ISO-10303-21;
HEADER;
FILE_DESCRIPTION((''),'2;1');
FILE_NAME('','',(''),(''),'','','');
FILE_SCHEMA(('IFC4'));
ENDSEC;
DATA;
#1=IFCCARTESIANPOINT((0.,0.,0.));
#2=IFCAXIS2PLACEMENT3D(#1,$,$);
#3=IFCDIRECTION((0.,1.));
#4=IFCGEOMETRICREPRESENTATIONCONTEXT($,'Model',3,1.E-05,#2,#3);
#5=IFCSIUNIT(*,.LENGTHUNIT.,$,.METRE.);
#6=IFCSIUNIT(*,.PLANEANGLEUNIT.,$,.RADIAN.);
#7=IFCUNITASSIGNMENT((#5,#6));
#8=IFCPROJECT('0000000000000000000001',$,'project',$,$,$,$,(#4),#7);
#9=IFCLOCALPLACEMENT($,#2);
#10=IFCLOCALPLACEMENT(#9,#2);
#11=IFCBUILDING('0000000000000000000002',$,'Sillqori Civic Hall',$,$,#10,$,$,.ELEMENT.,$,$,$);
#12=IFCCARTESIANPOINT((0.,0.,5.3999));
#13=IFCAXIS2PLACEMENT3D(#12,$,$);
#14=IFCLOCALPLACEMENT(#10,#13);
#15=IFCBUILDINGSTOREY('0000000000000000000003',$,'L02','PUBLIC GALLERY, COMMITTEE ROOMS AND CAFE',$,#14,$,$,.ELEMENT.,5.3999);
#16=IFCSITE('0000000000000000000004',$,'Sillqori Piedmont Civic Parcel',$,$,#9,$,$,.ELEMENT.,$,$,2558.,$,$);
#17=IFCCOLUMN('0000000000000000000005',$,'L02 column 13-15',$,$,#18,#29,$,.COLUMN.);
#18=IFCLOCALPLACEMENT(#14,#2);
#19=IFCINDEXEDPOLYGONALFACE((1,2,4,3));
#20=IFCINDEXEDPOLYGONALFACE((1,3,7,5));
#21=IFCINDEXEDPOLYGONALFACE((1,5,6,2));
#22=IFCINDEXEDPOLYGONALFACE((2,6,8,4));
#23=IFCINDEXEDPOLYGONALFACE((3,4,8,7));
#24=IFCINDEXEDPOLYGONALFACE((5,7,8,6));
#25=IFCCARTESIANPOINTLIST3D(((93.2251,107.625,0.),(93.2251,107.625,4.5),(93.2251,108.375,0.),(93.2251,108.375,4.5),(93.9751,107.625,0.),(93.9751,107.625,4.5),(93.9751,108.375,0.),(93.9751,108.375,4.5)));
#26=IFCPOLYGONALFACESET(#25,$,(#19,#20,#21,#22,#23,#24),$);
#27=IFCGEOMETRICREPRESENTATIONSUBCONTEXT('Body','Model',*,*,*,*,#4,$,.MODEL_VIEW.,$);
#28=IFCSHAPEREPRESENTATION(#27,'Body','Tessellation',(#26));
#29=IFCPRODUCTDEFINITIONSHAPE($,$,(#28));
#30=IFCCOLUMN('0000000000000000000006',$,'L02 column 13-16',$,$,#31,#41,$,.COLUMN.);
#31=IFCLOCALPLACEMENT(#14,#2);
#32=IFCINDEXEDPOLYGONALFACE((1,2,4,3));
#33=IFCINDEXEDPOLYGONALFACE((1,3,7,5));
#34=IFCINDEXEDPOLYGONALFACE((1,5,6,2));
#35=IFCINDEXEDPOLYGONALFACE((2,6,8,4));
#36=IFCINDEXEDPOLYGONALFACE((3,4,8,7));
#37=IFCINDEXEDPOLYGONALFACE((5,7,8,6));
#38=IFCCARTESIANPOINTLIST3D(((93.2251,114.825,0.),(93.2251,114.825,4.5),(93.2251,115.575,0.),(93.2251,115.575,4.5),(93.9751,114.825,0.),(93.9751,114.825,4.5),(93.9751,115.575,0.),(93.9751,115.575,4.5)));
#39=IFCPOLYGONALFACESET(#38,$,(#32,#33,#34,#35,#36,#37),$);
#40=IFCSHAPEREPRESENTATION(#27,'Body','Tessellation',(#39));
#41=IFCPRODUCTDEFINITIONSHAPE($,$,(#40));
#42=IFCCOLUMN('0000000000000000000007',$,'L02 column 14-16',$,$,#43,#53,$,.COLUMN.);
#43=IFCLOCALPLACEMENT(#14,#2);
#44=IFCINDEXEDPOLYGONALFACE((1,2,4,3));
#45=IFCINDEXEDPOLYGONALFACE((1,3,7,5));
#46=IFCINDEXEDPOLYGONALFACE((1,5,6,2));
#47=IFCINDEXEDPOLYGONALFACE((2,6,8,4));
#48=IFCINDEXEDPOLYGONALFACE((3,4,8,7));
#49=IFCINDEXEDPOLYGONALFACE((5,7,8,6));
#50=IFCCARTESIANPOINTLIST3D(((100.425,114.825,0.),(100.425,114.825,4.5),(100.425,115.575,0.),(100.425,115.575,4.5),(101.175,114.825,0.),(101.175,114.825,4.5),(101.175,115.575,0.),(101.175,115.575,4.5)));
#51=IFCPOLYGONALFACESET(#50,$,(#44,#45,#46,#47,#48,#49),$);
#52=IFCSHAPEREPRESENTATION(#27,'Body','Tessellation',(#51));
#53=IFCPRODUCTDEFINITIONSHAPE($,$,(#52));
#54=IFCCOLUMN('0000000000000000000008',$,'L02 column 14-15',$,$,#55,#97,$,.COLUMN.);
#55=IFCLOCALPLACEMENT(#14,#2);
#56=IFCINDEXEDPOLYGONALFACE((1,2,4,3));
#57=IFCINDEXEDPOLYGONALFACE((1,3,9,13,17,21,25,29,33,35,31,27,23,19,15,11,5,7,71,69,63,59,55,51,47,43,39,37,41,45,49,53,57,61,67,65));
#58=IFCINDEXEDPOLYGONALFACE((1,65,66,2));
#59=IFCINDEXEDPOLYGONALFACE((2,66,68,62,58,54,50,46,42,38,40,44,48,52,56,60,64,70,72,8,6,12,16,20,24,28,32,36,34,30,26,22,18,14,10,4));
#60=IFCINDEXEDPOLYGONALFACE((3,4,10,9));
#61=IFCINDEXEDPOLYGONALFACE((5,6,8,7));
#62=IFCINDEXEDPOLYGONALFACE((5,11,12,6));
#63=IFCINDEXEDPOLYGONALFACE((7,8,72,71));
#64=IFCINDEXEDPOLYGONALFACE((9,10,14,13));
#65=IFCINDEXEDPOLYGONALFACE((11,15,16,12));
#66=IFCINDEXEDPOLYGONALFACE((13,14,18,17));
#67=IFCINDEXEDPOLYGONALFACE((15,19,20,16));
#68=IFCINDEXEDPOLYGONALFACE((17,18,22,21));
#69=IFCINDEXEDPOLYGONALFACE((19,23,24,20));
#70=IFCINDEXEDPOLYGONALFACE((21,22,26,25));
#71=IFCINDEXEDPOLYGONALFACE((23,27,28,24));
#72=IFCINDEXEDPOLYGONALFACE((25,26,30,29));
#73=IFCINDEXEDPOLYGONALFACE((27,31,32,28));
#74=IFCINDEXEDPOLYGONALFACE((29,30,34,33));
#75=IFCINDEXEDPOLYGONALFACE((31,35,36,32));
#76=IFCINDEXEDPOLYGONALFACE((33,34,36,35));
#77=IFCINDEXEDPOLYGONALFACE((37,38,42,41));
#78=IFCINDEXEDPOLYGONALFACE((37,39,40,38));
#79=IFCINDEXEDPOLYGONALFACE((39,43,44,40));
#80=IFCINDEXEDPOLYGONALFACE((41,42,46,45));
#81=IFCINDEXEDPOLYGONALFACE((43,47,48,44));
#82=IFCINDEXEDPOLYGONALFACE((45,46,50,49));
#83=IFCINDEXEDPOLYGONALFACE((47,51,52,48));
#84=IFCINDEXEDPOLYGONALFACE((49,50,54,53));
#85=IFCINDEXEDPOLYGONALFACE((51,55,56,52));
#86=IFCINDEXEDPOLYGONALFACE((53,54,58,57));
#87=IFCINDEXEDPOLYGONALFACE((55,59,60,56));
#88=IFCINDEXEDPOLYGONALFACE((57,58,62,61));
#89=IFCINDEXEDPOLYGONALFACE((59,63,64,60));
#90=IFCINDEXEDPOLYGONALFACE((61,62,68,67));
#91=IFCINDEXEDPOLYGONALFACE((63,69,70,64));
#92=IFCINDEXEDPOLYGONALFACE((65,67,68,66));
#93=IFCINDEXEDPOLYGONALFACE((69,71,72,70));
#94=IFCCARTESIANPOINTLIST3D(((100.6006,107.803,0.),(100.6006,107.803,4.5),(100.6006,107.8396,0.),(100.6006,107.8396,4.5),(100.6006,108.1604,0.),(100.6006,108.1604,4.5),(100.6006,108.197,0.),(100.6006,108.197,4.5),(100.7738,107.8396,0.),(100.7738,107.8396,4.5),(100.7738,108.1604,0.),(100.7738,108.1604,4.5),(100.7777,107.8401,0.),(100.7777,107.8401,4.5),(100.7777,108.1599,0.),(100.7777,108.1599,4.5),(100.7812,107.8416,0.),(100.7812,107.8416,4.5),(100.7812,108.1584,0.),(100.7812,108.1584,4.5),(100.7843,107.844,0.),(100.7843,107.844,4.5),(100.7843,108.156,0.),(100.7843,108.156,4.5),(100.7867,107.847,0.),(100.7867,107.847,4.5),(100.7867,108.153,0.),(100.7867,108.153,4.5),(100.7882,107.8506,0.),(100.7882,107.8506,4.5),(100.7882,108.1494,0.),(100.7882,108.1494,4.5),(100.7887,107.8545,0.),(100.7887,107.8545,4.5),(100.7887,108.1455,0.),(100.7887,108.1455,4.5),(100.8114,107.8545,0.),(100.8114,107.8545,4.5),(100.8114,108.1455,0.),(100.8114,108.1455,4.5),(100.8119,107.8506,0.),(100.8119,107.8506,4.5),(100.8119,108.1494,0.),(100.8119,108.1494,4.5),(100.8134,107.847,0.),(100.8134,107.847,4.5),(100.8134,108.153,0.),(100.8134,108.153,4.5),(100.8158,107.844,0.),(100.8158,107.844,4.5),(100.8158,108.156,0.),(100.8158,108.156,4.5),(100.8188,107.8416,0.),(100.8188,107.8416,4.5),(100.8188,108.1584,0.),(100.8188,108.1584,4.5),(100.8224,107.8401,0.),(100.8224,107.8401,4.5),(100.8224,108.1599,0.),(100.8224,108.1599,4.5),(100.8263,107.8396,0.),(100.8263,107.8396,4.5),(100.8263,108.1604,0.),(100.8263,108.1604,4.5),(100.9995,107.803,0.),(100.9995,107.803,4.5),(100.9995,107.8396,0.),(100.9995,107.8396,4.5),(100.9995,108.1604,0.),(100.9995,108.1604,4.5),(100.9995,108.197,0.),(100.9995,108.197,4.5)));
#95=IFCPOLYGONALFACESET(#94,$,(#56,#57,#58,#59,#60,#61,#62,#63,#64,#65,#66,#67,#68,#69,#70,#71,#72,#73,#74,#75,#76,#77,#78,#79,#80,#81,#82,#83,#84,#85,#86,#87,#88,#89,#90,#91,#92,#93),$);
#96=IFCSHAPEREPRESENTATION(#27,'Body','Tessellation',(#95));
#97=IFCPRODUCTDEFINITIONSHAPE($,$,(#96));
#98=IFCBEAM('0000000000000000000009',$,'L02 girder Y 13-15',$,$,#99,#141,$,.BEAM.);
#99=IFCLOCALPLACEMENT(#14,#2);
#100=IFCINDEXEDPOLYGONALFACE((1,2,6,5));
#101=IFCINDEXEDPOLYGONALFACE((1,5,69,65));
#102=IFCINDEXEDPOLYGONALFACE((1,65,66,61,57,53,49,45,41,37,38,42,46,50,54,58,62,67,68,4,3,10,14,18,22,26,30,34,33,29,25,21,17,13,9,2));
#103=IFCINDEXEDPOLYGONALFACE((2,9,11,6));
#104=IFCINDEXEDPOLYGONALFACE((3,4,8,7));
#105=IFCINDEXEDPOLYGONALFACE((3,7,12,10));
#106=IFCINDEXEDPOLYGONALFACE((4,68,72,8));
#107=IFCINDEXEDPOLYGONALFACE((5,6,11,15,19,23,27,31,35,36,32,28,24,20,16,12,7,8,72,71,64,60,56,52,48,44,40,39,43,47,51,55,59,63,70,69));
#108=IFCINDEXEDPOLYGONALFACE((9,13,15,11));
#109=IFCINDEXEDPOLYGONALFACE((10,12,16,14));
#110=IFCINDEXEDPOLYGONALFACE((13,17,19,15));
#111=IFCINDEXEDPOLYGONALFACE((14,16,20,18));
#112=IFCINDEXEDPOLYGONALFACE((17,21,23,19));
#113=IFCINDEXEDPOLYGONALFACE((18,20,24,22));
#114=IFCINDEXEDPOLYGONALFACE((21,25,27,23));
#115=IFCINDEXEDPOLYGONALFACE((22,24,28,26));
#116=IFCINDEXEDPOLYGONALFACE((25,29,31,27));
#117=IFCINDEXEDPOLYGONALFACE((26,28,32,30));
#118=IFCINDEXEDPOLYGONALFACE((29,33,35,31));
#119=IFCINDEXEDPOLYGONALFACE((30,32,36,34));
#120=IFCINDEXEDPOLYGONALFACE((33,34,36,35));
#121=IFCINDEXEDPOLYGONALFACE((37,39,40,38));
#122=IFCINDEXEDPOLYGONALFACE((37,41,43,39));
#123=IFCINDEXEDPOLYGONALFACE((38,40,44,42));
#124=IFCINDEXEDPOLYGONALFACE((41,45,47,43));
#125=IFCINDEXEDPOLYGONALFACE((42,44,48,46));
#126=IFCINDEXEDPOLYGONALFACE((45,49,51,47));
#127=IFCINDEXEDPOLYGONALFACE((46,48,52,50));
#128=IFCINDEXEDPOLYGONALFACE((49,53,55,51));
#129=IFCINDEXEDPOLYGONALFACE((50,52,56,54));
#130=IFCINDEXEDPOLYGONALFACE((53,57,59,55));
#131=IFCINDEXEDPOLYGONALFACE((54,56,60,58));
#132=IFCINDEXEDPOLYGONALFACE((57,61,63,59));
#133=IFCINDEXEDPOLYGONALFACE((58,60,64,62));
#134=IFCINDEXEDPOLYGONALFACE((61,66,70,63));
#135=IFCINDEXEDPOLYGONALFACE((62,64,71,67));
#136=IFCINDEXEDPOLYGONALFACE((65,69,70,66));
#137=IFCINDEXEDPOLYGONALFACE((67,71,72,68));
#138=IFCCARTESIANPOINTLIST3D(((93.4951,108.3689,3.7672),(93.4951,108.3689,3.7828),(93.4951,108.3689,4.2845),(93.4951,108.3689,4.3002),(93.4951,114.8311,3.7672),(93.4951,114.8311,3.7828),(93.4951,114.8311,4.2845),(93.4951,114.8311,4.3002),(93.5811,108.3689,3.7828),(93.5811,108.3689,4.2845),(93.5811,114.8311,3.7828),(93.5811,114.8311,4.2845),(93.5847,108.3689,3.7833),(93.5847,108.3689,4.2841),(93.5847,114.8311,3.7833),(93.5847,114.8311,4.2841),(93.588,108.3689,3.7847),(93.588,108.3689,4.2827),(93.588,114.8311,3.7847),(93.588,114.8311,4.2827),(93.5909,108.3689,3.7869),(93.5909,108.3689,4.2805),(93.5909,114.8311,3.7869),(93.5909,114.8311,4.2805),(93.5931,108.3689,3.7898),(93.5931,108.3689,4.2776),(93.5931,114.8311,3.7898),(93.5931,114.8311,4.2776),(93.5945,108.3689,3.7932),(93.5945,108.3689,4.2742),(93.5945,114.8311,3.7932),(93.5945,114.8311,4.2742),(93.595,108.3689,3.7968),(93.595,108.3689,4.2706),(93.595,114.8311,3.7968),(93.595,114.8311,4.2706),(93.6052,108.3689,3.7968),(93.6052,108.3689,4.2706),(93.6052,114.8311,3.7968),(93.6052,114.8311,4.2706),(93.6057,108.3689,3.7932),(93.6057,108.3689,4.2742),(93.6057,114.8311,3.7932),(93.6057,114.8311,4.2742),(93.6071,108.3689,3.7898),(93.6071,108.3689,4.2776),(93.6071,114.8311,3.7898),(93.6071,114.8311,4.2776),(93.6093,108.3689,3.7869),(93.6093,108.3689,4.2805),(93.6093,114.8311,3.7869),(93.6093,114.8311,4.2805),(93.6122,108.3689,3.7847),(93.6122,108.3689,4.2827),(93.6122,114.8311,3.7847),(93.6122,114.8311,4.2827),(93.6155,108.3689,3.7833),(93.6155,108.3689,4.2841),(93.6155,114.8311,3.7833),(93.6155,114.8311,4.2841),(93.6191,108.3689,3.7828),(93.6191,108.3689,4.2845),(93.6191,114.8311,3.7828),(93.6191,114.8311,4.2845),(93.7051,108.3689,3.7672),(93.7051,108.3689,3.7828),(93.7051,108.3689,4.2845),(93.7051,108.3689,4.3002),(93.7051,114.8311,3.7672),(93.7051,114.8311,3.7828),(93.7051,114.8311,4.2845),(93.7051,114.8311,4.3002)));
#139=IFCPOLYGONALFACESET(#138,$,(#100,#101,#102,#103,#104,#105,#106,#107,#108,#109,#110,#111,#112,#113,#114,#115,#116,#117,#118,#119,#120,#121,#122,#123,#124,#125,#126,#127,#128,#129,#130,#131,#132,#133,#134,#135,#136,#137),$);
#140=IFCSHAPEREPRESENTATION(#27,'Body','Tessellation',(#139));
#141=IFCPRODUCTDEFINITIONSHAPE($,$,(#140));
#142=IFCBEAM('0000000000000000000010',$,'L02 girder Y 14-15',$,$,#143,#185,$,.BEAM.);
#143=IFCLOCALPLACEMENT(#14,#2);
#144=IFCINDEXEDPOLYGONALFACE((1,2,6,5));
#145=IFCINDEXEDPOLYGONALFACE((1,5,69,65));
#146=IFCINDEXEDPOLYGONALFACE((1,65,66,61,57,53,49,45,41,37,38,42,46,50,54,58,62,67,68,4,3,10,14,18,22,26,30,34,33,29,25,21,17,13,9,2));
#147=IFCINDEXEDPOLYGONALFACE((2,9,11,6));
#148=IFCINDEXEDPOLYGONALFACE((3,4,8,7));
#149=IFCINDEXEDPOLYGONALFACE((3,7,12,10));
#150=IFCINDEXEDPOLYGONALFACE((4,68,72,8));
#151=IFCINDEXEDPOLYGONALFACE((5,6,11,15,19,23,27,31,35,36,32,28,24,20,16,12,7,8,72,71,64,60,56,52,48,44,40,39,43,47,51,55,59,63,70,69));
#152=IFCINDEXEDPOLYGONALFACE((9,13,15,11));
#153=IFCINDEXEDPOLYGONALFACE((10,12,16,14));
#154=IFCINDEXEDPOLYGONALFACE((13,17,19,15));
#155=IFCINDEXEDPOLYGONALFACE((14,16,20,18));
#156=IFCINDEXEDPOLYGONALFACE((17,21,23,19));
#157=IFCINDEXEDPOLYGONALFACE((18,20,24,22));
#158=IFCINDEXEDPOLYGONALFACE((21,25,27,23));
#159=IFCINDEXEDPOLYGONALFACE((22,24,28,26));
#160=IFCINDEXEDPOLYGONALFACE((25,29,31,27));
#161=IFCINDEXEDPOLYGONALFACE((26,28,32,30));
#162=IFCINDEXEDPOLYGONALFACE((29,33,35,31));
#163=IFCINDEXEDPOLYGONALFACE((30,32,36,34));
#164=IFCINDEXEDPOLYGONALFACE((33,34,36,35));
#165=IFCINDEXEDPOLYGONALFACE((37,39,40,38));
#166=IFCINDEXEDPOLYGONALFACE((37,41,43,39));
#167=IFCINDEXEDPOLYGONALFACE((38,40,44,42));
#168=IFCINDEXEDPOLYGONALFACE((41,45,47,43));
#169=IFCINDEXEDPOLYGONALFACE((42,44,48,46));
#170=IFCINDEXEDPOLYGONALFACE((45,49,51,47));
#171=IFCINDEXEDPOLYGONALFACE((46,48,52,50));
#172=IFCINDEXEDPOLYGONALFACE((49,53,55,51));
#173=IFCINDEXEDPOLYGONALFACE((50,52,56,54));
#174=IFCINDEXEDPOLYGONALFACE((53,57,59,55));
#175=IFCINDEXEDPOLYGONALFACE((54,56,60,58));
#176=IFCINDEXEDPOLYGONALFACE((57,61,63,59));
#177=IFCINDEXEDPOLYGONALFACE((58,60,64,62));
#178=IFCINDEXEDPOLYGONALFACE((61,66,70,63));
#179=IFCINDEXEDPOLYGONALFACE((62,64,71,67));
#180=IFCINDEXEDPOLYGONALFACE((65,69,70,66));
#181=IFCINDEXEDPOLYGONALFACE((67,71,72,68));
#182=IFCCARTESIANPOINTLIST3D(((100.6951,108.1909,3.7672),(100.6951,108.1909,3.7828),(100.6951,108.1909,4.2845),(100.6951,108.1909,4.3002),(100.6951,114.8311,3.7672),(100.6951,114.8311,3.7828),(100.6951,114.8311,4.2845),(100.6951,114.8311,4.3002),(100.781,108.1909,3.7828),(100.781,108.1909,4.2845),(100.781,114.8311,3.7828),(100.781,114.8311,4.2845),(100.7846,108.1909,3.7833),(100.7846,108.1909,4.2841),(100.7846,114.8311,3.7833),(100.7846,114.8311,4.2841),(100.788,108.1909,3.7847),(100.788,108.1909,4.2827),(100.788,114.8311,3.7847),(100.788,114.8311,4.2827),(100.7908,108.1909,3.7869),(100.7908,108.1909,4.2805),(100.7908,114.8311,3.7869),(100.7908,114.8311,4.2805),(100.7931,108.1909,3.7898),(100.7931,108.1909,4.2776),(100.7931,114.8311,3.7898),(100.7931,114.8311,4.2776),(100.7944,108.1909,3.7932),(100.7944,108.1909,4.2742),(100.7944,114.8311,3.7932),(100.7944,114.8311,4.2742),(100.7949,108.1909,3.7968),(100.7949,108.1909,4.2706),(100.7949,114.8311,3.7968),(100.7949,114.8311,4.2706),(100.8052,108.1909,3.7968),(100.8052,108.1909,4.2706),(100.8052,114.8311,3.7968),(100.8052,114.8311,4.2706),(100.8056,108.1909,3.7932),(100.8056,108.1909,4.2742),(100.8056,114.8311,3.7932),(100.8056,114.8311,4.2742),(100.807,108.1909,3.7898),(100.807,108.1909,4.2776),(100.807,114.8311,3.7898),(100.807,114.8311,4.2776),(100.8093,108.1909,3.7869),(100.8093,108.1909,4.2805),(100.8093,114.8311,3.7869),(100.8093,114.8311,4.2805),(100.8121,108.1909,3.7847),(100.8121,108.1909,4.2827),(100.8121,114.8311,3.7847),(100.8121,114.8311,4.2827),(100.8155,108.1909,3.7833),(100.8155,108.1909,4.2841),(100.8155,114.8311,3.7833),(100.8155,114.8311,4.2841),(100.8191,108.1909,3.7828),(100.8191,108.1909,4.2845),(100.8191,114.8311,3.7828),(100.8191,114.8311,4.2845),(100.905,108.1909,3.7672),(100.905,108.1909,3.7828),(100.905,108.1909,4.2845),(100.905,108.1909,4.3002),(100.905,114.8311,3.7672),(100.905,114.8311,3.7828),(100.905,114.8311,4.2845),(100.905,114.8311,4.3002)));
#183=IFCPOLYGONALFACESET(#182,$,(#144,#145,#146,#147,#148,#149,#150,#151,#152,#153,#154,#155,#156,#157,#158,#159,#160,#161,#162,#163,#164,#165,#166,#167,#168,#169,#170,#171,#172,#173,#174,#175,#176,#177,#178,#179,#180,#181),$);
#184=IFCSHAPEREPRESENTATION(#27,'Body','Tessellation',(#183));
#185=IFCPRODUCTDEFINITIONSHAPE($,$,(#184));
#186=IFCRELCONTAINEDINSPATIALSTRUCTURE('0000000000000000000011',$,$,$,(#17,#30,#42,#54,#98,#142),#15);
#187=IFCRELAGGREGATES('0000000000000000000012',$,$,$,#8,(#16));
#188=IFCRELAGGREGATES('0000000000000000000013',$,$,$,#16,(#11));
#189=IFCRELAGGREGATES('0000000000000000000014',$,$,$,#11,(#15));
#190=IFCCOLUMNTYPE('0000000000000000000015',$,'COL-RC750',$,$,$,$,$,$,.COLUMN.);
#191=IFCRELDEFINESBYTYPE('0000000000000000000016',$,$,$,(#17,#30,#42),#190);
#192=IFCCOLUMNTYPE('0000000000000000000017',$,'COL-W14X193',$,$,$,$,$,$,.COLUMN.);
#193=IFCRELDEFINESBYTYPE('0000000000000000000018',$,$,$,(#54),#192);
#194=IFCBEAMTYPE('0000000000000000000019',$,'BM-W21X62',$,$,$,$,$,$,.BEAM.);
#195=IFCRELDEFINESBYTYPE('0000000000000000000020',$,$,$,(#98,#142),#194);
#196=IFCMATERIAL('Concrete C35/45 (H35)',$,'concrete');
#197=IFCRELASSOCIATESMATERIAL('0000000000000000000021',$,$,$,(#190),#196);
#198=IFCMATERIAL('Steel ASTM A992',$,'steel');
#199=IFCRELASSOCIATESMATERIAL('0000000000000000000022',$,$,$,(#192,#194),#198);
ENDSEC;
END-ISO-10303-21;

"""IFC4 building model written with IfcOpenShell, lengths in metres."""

from ifc_helpers import new_model, si_unit, direction, frame, origin, origin_2d, place, context, subcontext, project, spatial, rectangle, i_section, extrude, material, material_profile, profile_set, type_object, element, save


model = new_model("IFC4")

# Units and contexts
model_context = context("Model", 3, precision=1e-05, world=origin(), true_north=direction((0.0, 1.0)))
body_context = subcontext(model_context, "Body", "Model", "MODEL_VIEW")
ifc_project = project(units=[si_unit("LENGTHUNIT", "METRE"), si_unit("PLANEANGLEUNIT", "RADIAN")], contexts=[model_context])

# Site, building, storey
site_placement = place(None, origin())
site = spatial("IfcSite", under=ifc_project, at=site_placement, Name="Sillqori Piedmont Civic Parcel", CompositionType="ELEMENT", RefElevation=2558.0)
building_placement = place(site_placement, origin())
building = spatial("IfcBuilding", under=site, at=building_placement, Name="Sillqori Civic Hall", CompositionType="ELEMENT")
storey_placement = place(building_placement, frame((0.0, 0.0, 5.3999)))
storey = spatial("IfcBuildingStorey", under=building, at=storey_placement, Name="L02", Description="PUBLIC GALLERY, COMMITTEE ROOMS AND CAFE", CompositionType="ELEMENT", Elevation=5.3999)

# Columns
ifc_material_1 = material(Name="Concrete C35/45 (H35)", Category="concrete")
ifc_material_profile_1 = material_profile(ifc_material_1, rectangle(XDim=0.75, YDim=0.75, at=origin_2d()), Name="RC 750x750")
ifc_profile_set_1 = profile_set([ifc_material_profile_1], Name="Concrete C35/45 (H35)")
column_type_1 = type_object("IfcColumnType", Name="COL-RC750", PredefinedType="COLUMN", material=ifc_profile_set_1)
for number, where, z_axis, x_axis, name in (
    (1, (93.6001, 108.0, 0.0), (0.0, 0.0, 1.0), (1.0, 0.0, 0.0), "L02 column 13-15"),
    (2, (93.6001, 115.2, 0.0), (0.0, 0.0, 1.0), (1.0, 0.0, 0.0), "L02 column 13-16"),
    (3, (100.8, 115.2, 0.0), (0.0, 0.0, 1.0), (1.0, 0.0, 0.0), "L02 column 14-16"),
):
    element("IfcColumn", number, at=place(storey_placement, frame(where, z_axis=z_axis, x_axis=x_axis)), inside=storey, type_object=column_type_1, Name=name, PredefinedType="COLUMN", context=body_context, shape_type="SweptSolid", body=[
        extrude(rectangle(XDim=0.75, YDim=0.75, at=origin_2d()), origin(), (0.0, 0.0, 1.0), 4.5),
    ])
ifc_material_2 = material(Name="Steel ASTM A992", Category="steel")
ifc_material_profile_2 = material_profile(ifc_material_2, i_section(OverallWidth=0.3989, OverallDepth=0.394, WebThickness=0.0227, FlangeThickness=0.0366, FilletRadius=0.0149, at=origin_2d()), Name="W14X193")
ifc_profile_set_2 = profile_set([ifc_material_profile_2], Name="Steel ASTM A992")
column_type_2 = type_object("IfcColumnType", Name="COL-W14X193", PredefinedType="COLUMN", material=ifc_profile_set_2)
column_placement = place(storey_placement, frame((100.8, 108.0, 0.0), z_axis=(0.0, 0.0, 1.0), x_axis=(1.0, 0.0, 0.0)))
element("IfcColumn", 4, at=column_placement, inside=storey, type_object=column_type_2, Name="L02 column 14-15", PredefinedType="COLUMN", context=body_context, shape_type="SweptSolid", body=[
    extrude(i_section(OverallWidth=0.3989, OverallDepth=0.394, WebThickness=0.0227, FlangeThickness=0.0366, FilletRadius=0.0149, at=origin_2d()), origin(), (0.0, 0.0, 1.0), 4.5),
])

# Beams
ifc_material_profile_3 = material_profile(ifc_material_2, i_section(OverallWidth=0.21, OverallDepth=0.533, WebThickness=0.0103, FlangeThickness=0.0156, FilletRadius=0.0139, at=origin_2d()), Name="W21X62")
ifc_profile_set_3 = profile_set([ifc_material_profile_3], Name="Steel ASTM A992")
beam_type_1 = type_object("IfcBeamType", Name="BM-W21X62", PredefinedType="BEAM", material=ifc_profile_set_3)
beam_1_placement = place(storey_placement, frame((93.6001, 108.3689, 4.0337), z_axis=(0.0, 1.0, 0.0), x_axis=(-1.0, 0.0, 0.0)))
element("IfcBeam", 5, at=beam_1_placement, inside=storey, type_object=beam_type_1, Name="L02 girder Y 13-15", PredefinedType="BEAM", context=body_context, shape_type="SweptSolid", body=[
    extrude(i_section(OverallWidth=0.21, OverallDepth=0.533, WebThickness=0.0103, FlangeThickness=0.0156, FilletRadius=0.0139, at=origin_2d()), origin(), (0.0, 0.0, 1.0), 6.4622),
])
beam_2_placement = place(storey_placement, frame((100.8, 108.1909, 4.0337), z_axis=(0.0, 1.0, 0.0), x_axis=(-1.0, 0.0, 0.0)))
element("IfcBeam", 6, at=beam_2_placement, inside=storey, type_object=beam_type_1, Name="L02 girder Y 14-15", PredefinedType="BEAM", context=body_context, shape_type="SweptSolid", body=[
    extrude(i_section(OverallWidth=0.21, OverallDepth=0.533, WebThickness=0.0103, FlangeThickness=0.0156, FilletRadius=0.0139, at=origin_2d()), origin(), (0.0, 0.0, 1.0), 6.6401),
])

save(model, "model.ifc")
